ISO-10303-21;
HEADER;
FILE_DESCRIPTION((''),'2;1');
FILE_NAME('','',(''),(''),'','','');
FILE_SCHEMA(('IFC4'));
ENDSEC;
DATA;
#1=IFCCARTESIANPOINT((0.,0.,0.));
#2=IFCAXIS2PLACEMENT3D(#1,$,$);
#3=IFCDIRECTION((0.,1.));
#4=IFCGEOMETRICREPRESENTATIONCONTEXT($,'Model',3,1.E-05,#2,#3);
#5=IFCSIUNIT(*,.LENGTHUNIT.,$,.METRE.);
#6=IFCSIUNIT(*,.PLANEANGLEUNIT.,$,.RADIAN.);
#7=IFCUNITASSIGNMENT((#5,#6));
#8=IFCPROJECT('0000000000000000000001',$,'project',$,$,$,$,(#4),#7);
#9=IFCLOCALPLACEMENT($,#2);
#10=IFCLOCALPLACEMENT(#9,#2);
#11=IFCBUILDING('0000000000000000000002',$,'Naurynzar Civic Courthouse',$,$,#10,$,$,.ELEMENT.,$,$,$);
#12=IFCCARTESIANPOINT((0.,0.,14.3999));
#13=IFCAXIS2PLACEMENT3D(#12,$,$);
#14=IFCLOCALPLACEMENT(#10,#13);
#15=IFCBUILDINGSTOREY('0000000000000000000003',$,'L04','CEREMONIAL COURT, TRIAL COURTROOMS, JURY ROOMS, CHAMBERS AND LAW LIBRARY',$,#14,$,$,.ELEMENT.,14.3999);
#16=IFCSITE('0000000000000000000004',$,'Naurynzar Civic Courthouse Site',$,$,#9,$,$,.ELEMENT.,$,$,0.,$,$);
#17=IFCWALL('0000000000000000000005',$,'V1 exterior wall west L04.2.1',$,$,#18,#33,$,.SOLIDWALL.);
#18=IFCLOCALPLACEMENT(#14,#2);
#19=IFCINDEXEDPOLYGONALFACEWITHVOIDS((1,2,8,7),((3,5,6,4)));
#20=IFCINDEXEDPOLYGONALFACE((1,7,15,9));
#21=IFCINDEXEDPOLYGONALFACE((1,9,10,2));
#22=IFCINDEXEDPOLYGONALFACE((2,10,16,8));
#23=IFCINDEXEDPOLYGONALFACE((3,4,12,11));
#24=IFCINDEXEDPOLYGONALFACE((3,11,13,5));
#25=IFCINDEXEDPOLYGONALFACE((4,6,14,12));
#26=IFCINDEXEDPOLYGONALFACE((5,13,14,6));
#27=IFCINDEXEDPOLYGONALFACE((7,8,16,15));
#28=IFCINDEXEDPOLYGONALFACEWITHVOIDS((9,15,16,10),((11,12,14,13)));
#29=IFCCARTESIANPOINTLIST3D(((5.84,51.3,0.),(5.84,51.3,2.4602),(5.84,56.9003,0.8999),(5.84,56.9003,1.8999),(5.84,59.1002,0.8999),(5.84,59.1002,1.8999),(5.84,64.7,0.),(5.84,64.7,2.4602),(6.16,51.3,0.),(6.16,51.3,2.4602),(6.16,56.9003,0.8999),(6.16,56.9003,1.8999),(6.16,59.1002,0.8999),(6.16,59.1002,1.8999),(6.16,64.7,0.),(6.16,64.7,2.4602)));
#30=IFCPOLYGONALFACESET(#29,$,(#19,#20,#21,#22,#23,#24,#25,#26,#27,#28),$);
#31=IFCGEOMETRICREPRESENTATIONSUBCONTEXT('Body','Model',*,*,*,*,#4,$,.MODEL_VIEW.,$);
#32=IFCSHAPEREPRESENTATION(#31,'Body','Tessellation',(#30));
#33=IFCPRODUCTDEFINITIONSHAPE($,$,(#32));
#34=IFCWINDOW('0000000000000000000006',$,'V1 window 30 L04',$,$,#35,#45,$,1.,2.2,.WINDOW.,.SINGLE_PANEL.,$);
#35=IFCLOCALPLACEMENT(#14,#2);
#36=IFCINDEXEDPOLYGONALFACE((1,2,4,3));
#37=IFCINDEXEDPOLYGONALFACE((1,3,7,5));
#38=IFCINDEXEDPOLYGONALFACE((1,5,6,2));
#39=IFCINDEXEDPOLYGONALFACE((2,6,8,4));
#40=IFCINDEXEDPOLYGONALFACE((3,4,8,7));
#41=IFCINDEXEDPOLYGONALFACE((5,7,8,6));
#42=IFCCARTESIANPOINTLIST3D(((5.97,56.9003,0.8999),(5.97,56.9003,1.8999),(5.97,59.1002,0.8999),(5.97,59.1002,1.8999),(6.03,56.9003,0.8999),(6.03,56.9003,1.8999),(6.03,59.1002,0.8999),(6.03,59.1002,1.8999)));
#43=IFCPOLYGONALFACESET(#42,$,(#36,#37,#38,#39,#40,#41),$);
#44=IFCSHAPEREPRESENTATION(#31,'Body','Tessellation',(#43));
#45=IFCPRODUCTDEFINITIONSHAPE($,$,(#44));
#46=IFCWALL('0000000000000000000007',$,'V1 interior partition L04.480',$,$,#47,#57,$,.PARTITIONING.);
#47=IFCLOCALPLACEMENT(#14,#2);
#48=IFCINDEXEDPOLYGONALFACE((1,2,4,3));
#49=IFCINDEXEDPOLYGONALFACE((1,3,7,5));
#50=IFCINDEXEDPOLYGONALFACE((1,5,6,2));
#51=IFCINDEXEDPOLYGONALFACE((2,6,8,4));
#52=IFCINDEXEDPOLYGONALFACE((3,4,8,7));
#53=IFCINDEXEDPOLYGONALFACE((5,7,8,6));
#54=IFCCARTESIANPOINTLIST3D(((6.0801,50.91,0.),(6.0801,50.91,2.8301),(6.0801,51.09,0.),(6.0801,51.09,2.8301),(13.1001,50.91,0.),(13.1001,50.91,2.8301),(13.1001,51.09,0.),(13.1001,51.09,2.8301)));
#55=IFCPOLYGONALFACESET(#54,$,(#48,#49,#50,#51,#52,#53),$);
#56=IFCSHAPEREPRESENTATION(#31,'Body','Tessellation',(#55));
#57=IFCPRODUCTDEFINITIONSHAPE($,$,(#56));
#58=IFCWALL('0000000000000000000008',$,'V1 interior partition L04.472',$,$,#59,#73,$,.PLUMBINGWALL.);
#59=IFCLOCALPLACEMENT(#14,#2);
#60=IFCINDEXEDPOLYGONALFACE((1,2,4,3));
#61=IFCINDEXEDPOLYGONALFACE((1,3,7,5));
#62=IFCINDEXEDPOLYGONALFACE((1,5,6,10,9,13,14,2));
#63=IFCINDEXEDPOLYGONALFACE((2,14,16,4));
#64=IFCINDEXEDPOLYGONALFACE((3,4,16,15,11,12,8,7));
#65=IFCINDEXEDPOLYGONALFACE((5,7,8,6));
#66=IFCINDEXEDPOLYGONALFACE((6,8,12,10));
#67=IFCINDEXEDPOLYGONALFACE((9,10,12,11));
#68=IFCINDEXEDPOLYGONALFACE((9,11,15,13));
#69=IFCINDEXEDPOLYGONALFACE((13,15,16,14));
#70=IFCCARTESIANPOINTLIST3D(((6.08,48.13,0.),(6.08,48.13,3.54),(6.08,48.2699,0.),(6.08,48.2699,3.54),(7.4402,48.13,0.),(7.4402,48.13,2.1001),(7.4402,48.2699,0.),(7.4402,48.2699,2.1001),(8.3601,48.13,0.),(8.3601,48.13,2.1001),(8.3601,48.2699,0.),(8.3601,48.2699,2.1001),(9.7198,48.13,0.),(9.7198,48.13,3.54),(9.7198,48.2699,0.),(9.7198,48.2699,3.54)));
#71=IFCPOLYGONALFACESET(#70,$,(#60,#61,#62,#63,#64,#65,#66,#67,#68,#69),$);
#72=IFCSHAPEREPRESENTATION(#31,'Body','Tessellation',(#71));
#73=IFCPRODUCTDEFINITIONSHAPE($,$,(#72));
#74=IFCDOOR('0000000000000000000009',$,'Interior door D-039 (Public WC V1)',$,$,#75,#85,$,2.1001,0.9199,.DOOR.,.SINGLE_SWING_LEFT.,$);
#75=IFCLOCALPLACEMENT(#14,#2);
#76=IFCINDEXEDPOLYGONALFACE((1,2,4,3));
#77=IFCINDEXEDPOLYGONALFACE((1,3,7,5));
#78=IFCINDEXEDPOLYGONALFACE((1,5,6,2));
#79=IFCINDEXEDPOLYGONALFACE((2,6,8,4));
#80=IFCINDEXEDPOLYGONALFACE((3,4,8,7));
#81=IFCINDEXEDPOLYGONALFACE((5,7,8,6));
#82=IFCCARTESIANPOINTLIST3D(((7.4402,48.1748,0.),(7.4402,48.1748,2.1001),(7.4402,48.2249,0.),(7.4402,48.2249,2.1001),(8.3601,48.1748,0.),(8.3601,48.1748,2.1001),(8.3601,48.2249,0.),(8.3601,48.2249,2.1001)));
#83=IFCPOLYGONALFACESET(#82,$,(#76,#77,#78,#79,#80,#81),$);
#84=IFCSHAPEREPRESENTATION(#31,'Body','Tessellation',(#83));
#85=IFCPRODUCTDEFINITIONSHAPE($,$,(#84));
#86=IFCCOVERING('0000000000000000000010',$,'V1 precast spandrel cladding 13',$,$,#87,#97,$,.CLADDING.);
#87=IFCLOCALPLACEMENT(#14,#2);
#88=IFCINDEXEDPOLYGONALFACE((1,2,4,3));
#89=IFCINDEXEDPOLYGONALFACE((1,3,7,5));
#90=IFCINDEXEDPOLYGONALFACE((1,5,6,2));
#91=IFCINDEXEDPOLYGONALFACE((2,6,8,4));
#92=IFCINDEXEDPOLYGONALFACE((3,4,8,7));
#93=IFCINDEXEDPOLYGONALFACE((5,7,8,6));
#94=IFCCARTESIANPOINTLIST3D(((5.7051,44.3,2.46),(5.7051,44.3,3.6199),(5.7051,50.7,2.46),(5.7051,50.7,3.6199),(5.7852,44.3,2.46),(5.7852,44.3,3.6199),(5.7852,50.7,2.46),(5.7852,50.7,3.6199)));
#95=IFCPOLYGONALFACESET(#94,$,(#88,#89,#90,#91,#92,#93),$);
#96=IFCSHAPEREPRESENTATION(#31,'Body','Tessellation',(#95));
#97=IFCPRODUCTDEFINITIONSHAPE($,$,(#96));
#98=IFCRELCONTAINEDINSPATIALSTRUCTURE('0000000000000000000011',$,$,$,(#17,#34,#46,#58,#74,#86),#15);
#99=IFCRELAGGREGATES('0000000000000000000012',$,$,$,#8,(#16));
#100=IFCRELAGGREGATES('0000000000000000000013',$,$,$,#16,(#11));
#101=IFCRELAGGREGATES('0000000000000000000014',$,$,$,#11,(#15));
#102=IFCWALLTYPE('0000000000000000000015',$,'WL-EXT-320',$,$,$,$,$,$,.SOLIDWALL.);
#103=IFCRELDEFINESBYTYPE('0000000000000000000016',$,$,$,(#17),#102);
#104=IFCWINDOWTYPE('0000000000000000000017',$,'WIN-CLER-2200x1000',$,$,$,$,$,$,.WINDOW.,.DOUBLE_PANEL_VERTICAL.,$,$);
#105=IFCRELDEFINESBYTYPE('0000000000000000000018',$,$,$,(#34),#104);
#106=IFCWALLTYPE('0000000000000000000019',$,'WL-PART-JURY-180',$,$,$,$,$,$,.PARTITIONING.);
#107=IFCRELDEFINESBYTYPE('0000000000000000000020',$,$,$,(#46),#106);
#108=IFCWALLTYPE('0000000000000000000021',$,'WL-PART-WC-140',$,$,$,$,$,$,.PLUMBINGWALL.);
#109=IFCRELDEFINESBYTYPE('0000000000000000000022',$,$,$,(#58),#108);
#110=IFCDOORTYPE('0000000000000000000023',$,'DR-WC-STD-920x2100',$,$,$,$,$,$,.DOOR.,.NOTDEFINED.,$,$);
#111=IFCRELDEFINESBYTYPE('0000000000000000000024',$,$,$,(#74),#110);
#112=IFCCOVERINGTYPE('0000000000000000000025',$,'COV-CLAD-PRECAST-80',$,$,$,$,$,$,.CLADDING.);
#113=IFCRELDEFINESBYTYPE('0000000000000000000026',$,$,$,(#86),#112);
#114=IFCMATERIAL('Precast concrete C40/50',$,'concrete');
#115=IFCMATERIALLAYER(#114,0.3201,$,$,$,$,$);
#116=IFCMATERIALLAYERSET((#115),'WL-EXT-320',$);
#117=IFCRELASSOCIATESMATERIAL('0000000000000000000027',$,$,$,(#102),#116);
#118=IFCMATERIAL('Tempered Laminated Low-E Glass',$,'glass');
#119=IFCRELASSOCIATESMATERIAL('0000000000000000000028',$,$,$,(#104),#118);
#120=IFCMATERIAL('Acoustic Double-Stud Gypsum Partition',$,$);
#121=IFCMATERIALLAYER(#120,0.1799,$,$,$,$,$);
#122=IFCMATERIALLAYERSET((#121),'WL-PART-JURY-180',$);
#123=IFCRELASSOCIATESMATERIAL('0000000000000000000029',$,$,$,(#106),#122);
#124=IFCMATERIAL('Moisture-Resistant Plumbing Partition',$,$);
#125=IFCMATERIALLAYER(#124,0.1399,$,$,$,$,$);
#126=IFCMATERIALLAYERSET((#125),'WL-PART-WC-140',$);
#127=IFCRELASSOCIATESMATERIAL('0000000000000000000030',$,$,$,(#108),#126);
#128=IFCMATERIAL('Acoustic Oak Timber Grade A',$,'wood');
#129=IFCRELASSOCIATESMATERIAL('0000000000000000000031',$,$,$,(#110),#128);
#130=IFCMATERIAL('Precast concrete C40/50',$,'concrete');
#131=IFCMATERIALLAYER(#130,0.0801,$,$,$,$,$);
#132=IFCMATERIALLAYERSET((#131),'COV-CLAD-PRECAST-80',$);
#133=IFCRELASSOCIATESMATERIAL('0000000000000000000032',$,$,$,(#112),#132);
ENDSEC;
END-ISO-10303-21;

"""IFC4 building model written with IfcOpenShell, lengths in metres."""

from ifc_helpers import new_model, si_unit, direction, frame, frame_2d, origin, origin_2d, place, context, subcontext, project, spatial, rectangle, extrude, material, layer, layer_set, type_object, element, fill, save


model = new_model("IFC4")

# Units and contexts
model_context = context("Model", 3, precision=1e-05, world=origin(), true_north=direction((0.0, 1.0)))
body_context = subcontext(model_context, "Body", "Model", "MODEL_VIEW")
ifc_project = project(units=[si_unit("LENGTHUNIT", "METRE"), si_unit("PLANEANGLEUNIT", "RADIAN")], contexts=[model_context])

# Site, building, storey
site_placement = place(None, origin())
site = spatial("IfcSite", under=ifc_project, at=site_placement, Name="Naurynzar Civic Courthouse Site", CompositionType="ELEMENT", RefElevation=0.0)
building_placement = place(site_placement, origin())
building = spatial("IfcBuilding", under=site, at=building_placement, Name="Naurynzar Civic Courthouse", CompositionType="ELEMENT")
storey_placement = place(building_placement, frame((0.0, 0.0, 14.3999)))
storey = spatial("IfcBuildingStorey", under=building, at=storey_placement, Name="L04", Description="CEREMONIAL COURT, TRIAL COURTROOMS, JURY ROOMS, CHAMBERS AND LAW LIBRARY", CompositionType="ELEMENT", Elevation=14.3999)

# Wall, opening, window
ifc_material_1 = material(Name="Precast concrete C40/50", Category="concrete")
ifc_layer_1 = layer(ifc_material_1, 0.3201)
ifc_layer_set_1 = layer_set([ifc_layer_1], Name="WL-EXT-320")
wall_type_1 = type_object("IfcWallType", Name="WL-EXT-320", PredefinedType="SOLIDWALL", material=ifc_layer_set_1)
wall_1_placement = place(storey_placement, frame((6.0, 51.3, 0.0), z_axis=(0.0, 0.0, 1.0), x_axis=(0.0, 1.0, 0.0)))
wall_1 = element("IfcWall", 1, at=wall_1_placement, inside=storey, type_object=wall_type_1, Name="V1 exterior wall west L04.2.1", PredefinedType="SOLIDWALL", context=body_context, shape_type="SweptSolid", body=[
    extrude(rectangle(XDim=13.3999, YDim=0.3201, at=frame_2d((6.7, 0.0))), origin(), (0.0, 0.0, 1.0), 2.4602),
])
opening_1_placement = place(wall_1_placement, frame((5.6001, 0.0, 0.8999)))
opening_1 = element("IfcOpeningElement", 2, at=opening_1_placement, cuts=wall_1, PredefinedType="OPENING", context=body_context, shape_type="SweptSolid", body=[
    extrude(rectangle(XDim=2.2, YDim=1.0, at=frame_2d((1.1001, 0.5))), frame((0.0, 0.1699, 0.0), z_axis=(0.0, -1.0, 0.0), x_axis=(1.0, 0.0, 0.0)), (0.0, 0.0, 1.0), 0.3401),
])
ifc_material_2 = material(Name="Tempered Laminated Low-E Glass", Category="glass")
window_type = type_object("IfcWindowType", Name="WIN-CLER-2200x1000", PartitioningType="DOUBLE_PANEL_VERTICAL", PredefinedType="WINDOW", material=ifc_material_2)
window_placement = place(opening_1_placement, origin())
window = element("IfcWindow", 3, at=window_placement, inside=storey, type_object=window_type, Name="V1 window 30 L04", OverallHeight=1.0, OverallWidth=2.2, PartitioningType="SINGLE_PANEL", PredefinedType="WINDOW", context=body_context, shape_type="SweptSolid", body=[
    extrude(rectangle(XDim=2.2, YDim=1.0, at=frame_2d((1.1001, 0.5))), frame((0.0, 0.03, 0.0), z_axis=(0.0, -1.0, 0.0), x_axis=(1.0, 0.0, 0.0)), (0.0, 0.0, 1.0), 0.0601),
])
fill(opening_1, window)

# Wall
ifc_material_3 = material(Name="Acoustic Double-Stud Gypsum Partition")
ifc_layer_2 = layer(ifc_material_3, 0.1799)
ifc_layer_set_2 = layer_set([ifc_layer_2], Name="WL-PART-JURY-180")
wall_type_2 = type_object("IfcWallType", Name="WL-PART-JURY-180", PredefinedType="PARTITIONING", material=ifc_layer_set_2)
wall_2_placement = place(storey_placement, frame((6.0801, 51.0, 0.0), z_axis=(0.0, 0.0, 1.0), x_axis=(1.0, 0.0, 0.0)))
element("IfcWall", 4, at=wall_2_placement, inside=storey, type_object=wall_type_2, Name="V1 interior partition L04.480", PredefinedType="PARTITIONING", context=body_context, shape_type="SweptSolid", body=[
    extrude(rectangle(XDim=7.02, YDim=0.1799, at=frame_2d((3.51, 0.0))), origin(), (0.0, 0.0, 1.0), 2.8301),
])

# Wall, opening, door
ifc_material_4 = material(Name="Moisture-Resistant Plumbing Partition")
ifc_layer_3 = layer(ifc_material_4, 0.1399)
ifc_layer_set_3 = layer_set([ifc_layer_3], Name="WL-PART-WC-140")
wall_type_3 = type_object("IfcWallType", Name="WL-PART-WC-140", PredefinedType="PLUMBINGWALL", material=ifc_layer_set_3)
wall_3_placement = place(storey_placement, frame((6.0801, 48.2, 0.0), z_axis=(0.0, 0.0, 1.0), x_axis=(1.0, 0.0, 0.0)))
wall_3 = element("IfcWall", 5, at=wall_3_placement, inside=storey, type_object=wall_type_3, Name="V1 interior partition L04.472", PredefinedType="PLUMBINGWALL", context=body_context, shape_type="SweptSolid", body=[
    extrude(rectangle(XDim=3.6399, YDim=0.1399, at=frame_2d((1.8198, 0.0))), origin(), (0.0, 0.0, 1.0), 3.54),
])
opening_2_placement = place(wall_3_placement, frame((1.3601, 0.0, 0.0)))
opening_2 = element("IfcOpeningElement", 6, at=opening_2_placement, cuts=wall_3, PredefinedType="OPENING", context=body_context, shape_type="SweptSolid", body=[
    extrude(rectangle(XDim=0.9199, YDim=2.1001, at=frame_2d((0.46, 1.05))), frame((0.0, 0.0798, 0.0), z_axis=(0.0, -1.0, 0.0), x_axis=(1.0, 0.0, 0.0)), (0.0, 0.0, 1.0), 0.1599),
])
ifc_material_5 = material(Name="Acoustic Oak Timber Grade A", Category="wood")
door_type = type_object("IfcDoorType", Name="DR-WC-STD-920x2100", OperationType="NOTDEFINED", PredefinedType="DOOR", material=ifc_material_5)
door_placement = place(opening_2_placement, origin())
door = element("IfcDoor", 7, at=door_placement, inside=storey, type_object=door_type, Name="Interior door D-039 (Public WC V1)", OperationType="SINGLE_SWING_LEFT", OverallHeight=2.1001, OverallWidth=0.9199, PredefinedType="DOOR", context=body_context, shape_type="SweptSolid", body=[
    extrude(rectangle(XDim=0.9199, YDim=2.1001, at=frame_2d((0.46, 1.05))), frame((0.0, 0.0249, 0.0), z_axis=(0.0, -1.0, 0.0), x_axis=(1.0, 0.0, 0.0)), (0.0, 0.0, 1.0), 0.05),
])
fill(opening_2, door)

# Covering
ifc_material_6 = material(Name="Precast concrete C40/50", Category="concrete")
ifc_layer_4 = layer(ifc_material_6, 0.0801)
ifc_layer_set_4 = layer_set([ifc_layer_4], Name="COV-CLAD-PRECAST-80")
covering_type = type_object("IfcCoveringType", Name="COV-CLAD-PRECAST-80", PredefinedType="CLADDING", material=ifc_layer_set_4)
covering_placement = place(storey_placement, frame((5.7451, 47.5, 2.46), z_axis=(0.0, 0.0, 1.0), x_axis=(0.0, 1.0, 0.0)))
element("IfcCovering", 8, at=covering_placement, inside=storey, type_object=covering_type, Name="V1 precast spandrel cladding 13", PredefinedType="CLADDING", context=body_context, shape_type="SweptSolid", body=[
    extrude(rectangle(XDim=6.3999, YDim=0.0801, at=origin_2d()), origin(), (0.0, 0.0, 1.0), 1.1599),
])

save(model, "model.ifc")
